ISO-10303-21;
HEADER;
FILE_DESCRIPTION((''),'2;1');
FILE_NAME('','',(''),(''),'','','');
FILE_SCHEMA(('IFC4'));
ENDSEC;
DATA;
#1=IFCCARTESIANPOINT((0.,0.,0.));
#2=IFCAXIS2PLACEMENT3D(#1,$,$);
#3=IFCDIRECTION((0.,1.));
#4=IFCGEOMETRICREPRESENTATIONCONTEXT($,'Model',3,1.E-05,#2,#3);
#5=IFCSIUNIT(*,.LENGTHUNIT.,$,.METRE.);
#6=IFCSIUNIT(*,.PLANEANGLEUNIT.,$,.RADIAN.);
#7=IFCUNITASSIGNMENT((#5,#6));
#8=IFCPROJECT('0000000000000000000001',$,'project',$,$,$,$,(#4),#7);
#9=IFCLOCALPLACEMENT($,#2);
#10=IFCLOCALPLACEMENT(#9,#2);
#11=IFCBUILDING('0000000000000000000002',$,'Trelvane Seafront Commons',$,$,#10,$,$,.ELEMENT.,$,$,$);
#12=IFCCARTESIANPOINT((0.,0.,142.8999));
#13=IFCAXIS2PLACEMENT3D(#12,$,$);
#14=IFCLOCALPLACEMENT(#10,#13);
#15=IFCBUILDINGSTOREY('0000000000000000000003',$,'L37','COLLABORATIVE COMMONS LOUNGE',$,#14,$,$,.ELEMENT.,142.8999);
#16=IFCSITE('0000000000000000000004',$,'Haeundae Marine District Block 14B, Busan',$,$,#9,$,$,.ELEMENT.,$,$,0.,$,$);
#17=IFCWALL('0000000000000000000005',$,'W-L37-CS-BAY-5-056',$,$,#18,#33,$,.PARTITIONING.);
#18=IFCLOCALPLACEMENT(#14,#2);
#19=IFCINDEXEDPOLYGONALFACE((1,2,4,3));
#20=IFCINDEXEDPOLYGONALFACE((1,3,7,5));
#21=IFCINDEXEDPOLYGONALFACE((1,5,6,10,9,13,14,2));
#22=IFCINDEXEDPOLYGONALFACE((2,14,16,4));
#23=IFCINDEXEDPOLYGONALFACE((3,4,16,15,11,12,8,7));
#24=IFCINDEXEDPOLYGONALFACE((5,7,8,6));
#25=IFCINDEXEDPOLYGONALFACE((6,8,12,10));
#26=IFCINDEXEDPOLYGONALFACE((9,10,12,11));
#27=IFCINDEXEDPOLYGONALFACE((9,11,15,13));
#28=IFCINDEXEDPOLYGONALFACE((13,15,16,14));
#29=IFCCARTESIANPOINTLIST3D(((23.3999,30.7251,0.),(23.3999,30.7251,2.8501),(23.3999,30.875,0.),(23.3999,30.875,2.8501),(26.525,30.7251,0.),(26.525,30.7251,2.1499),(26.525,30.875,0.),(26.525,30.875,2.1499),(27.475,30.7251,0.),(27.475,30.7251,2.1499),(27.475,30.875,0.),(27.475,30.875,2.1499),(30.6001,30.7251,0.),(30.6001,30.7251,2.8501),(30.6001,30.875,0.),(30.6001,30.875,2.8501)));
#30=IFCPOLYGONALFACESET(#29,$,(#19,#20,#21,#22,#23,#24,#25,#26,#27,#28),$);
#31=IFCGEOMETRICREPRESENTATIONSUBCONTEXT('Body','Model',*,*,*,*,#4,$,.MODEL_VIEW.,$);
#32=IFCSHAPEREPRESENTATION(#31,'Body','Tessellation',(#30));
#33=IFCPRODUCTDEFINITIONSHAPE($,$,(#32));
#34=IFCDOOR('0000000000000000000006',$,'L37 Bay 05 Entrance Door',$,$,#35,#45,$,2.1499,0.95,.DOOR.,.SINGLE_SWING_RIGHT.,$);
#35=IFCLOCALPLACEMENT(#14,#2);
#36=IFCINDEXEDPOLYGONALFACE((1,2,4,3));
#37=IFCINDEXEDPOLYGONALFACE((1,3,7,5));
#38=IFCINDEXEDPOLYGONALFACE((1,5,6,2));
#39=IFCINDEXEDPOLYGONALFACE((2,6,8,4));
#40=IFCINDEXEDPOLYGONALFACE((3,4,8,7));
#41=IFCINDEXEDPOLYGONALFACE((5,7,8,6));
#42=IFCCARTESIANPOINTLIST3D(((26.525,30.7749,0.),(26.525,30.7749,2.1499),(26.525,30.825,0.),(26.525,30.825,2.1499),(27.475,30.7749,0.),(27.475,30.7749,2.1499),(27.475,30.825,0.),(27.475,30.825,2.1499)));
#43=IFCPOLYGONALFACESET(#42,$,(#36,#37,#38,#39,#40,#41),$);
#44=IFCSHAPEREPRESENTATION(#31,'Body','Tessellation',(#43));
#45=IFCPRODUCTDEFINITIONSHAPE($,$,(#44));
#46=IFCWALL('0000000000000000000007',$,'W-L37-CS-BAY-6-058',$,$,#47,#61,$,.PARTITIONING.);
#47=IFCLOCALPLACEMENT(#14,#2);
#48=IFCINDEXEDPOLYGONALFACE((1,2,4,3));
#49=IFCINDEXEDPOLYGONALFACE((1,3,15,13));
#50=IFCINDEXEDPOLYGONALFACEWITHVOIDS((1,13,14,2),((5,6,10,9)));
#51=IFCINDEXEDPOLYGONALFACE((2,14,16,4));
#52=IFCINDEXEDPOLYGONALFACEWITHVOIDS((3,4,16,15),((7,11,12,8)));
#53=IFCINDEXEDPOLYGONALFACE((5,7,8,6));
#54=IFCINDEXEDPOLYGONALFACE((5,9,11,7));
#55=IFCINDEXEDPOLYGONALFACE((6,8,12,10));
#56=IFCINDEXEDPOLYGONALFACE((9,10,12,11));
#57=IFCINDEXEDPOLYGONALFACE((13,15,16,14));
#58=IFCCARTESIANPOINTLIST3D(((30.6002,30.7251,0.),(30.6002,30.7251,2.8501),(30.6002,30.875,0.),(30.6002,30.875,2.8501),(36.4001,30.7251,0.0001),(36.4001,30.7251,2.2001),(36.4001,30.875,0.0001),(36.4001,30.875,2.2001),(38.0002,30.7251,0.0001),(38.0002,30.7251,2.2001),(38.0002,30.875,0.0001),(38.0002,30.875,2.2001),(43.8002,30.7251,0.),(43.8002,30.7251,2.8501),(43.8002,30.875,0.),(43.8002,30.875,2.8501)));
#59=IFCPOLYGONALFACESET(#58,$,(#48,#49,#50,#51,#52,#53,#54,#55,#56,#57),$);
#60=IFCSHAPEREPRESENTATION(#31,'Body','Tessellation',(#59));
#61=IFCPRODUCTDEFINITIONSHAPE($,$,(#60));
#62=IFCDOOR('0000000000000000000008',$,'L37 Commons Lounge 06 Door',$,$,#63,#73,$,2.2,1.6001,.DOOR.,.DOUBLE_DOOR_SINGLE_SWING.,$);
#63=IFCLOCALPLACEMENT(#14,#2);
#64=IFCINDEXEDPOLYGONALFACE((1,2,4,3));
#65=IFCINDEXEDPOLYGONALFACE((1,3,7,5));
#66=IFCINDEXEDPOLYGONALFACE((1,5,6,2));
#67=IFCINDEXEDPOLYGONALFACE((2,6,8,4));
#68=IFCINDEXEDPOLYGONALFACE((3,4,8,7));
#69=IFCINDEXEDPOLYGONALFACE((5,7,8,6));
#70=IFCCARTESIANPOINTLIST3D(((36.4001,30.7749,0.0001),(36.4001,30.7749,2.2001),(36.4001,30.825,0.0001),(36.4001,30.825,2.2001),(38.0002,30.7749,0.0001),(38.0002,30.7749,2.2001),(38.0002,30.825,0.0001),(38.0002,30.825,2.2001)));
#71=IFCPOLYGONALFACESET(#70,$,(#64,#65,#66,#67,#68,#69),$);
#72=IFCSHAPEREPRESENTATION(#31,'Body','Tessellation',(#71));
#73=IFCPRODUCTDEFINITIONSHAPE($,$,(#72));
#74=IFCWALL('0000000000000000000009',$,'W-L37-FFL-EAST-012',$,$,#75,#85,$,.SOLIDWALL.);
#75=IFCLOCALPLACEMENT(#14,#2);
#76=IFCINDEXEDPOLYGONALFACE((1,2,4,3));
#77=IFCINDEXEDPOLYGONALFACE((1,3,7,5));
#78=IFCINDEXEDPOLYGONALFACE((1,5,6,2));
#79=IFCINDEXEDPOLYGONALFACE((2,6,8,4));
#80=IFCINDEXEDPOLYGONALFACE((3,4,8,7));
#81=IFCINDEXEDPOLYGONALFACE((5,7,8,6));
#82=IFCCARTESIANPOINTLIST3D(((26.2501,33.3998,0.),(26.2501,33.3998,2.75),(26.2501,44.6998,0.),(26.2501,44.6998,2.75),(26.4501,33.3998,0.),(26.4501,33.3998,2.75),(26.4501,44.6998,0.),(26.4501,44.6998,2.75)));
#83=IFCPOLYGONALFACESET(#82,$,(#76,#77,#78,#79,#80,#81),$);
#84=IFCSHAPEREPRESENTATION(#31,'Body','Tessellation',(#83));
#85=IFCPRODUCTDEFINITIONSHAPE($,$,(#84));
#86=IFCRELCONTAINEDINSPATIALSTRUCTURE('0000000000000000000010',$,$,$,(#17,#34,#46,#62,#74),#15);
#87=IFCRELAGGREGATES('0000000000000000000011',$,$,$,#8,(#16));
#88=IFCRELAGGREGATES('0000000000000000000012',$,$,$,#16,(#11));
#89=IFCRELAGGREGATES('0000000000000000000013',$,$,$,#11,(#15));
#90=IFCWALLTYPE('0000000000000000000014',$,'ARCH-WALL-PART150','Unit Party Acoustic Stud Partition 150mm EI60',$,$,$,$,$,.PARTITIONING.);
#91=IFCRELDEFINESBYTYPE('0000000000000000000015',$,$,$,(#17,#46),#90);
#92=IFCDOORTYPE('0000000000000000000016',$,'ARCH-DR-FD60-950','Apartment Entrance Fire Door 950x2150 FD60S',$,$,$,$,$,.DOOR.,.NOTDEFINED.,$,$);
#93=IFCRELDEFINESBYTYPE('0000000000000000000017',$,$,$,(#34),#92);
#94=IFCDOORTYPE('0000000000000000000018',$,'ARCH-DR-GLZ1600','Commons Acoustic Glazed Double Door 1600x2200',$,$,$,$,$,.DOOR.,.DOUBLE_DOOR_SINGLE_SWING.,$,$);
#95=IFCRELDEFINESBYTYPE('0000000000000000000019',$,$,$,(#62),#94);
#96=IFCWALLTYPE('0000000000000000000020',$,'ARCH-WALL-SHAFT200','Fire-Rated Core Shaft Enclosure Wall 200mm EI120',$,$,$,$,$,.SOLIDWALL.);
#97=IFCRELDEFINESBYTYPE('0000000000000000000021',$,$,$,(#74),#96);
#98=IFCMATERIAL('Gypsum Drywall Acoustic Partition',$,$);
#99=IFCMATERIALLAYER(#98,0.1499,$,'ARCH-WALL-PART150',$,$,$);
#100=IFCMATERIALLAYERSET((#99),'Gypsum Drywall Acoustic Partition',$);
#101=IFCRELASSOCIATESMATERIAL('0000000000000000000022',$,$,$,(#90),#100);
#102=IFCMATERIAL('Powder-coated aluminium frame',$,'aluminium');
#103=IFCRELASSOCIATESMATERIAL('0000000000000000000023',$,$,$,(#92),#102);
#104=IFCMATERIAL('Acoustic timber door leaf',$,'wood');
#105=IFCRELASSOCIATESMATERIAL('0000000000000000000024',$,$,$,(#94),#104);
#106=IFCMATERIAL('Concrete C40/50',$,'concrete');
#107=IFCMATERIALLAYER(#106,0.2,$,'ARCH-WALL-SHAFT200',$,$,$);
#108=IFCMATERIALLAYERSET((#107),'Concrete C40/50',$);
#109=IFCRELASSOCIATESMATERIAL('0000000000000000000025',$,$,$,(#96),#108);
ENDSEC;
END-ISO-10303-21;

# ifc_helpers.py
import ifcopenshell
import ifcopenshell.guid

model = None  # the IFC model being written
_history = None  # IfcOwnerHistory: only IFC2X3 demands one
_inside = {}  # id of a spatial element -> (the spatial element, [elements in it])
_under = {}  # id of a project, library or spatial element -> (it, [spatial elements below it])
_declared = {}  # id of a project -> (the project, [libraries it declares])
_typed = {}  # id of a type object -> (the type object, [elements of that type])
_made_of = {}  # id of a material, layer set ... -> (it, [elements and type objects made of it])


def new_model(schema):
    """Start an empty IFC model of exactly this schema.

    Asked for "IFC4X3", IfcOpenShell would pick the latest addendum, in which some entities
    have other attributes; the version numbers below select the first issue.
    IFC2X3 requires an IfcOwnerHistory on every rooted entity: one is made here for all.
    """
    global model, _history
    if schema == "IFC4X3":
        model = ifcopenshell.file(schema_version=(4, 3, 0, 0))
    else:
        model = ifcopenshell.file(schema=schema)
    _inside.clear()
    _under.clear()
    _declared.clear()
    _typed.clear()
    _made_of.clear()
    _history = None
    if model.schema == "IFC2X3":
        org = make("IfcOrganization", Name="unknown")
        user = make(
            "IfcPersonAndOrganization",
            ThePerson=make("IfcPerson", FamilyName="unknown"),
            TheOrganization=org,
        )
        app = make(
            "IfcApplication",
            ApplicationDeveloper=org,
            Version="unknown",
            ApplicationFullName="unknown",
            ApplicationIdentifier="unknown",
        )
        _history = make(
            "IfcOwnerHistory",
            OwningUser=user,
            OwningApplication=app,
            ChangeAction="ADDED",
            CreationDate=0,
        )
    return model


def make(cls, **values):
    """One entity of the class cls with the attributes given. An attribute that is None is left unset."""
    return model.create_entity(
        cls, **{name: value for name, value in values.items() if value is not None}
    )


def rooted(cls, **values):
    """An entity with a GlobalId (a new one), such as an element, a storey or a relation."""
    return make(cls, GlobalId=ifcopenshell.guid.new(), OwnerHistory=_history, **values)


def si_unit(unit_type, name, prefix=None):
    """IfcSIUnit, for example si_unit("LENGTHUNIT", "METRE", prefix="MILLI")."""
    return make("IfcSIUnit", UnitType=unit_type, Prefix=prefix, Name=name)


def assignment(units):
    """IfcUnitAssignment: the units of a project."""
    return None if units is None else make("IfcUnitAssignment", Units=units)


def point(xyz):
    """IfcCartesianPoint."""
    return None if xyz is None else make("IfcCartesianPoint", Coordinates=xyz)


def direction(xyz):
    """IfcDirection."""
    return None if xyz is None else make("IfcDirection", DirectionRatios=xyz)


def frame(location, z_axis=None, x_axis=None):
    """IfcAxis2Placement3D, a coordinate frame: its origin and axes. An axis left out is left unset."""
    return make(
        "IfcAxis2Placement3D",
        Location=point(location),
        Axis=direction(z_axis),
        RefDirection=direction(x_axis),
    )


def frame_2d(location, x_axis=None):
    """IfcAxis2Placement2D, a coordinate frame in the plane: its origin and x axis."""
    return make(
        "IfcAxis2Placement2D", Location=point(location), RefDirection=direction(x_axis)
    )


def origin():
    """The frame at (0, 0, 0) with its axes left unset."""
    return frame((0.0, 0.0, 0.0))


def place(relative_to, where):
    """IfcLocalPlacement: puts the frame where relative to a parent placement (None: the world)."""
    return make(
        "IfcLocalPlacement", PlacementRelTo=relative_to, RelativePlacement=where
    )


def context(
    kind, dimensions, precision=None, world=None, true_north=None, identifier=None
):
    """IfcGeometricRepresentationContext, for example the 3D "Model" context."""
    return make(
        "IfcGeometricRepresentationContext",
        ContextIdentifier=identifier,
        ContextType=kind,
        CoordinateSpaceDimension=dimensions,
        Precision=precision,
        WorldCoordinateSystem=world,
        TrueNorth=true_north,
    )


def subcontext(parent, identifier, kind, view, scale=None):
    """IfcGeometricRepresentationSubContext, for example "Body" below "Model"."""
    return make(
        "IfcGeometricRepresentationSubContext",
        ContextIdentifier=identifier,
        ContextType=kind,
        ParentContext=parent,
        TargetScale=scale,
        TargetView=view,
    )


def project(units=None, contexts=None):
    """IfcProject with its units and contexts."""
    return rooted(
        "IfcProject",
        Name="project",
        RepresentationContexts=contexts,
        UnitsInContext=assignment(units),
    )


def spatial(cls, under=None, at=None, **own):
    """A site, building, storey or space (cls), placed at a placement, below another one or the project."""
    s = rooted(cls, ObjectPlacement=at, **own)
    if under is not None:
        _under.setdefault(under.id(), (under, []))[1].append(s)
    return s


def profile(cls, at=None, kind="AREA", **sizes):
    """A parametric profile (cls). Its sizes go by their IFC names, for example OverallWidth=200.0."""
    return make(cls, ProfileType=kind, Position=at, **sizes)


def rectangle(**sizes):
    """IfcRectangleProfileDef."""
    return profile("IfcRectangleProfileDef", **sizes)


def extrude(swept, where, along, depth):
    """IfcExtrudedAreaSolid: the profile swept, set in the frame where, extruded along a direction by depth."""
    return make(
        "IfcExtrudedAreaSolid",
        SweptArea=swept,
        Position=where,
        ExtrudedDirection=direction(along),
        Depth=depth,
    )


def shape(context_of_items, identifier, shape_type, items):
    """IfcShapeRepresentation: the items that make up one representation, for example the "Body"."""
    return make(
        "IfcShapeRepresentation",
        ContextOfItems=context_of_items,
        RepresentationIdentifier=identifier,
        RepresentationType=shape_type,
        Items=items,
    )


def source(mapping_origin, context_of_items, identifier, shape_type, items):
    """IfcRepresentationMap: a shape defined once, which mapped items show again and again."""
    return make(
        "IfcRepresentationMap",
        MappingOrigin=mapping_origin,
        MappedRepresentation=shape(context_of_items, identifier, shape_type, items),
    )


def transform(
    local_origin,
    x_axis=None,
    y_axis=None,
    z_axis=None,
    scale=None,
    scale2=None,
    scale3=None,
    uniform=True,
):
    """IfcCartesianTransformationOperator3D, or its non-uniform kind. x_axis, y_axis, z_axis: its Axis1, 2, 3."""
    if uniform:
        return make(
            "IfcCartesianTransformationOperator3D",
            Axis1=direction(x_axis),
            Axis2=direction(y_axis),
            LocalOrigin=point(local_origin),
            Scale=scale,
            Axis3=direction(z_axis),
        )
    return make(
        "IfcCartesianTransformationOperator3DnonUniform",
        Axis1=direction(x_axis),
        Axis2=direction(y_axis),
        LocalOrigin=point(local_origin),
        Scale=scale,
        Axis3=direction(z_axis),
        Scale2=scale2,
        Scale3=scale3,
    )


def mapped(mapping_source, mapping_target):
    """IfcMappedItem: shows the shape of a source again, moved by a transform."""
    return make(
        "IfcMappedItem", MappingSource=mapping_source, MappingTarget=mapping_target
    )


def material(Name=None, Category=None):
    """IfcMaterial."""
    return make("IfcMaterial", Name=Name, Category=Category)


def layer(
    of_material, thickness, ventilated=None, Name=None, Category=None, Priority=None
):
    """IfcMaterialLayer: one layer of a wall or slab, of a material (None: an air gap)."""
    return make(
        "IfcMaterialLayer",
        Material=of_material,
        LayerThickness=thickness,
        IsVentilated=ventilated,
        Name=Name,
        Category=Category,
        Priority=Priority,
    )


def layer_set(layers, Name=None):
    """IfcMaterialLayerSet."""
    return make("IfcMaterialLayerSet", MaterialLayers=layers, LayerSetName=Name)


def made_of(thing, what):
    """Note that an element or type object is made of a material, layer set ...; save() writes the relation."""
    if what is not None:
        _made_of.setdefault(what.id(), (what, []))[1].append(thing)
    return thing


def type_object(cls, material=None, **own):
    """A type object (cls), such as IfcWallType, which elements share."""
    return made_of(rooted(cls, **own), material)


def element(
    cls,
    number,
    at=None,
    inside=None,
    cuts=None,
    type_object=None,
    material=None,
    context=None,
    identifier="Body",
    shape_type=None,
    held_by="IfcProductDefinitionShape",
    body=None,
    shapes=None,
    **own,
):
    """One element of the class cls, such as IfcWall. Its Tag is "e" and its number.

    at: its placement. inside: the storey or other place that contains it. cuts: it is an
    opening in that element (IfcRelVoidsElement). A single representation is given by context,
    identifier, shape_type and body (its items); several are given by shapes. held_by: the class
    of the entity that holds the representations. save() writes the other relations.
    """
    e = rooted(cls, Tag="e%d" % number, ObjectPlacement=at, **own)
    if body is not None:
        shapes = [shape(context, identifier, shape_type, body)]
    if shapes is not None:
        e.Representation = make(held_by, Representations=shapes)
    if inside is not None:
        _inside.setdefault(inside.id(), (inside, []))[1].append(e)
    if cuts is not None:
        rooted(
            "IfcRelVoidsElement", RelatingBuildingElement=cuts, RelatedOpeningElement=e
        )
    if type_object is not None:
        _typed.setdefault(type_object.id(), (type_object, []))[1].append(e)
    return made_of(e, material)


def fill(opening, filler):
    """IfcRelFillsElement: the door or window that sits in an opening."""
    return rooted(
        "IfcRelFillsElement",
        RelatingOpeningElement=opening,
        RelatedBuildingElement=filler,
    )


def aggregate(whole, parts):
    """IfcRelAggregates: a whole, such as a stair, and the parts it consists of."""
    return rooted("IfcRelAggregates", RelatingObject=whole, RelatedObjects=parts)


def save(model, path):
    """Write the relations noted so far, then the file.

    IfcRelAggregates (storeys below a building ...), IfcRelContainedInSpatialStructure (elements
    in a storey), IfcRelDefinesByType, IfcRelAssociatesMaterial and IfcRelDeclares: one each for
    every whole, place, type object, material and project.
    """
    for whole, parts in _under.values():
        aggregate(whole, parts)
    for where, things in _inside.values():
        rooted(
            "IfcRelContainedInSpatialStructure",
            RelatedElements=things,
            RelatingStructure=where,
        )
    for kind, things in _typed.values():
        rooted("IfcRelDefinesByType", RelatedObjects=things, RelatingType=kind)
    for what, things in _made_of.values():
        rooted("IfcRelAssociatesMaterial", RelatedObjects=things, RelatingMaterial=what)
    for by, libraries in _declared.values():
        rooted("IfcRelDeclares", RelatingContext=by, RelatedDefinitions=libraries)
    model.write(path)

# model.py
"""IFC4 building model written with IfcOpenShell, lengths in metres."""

from ifc_helpers import new_model, si_unit, direction, frame, frame_2d, origin, place, context, subcontext, project, spatial, rectangle, extrude, source, transform, mapped, material, layer, layer_set, type_object, element, fill, save


model = new_model("IFC4")

# Units and contexts
model_context = context("Model", 3, precision=1e-05, world=origin(), true_north=direction((0.0, 1.0)))
body_context = subcontext(model_context, "Body", "Model", "MODEL_VIEW")
ifc_project = project(units=[si_unit("LENGTHUNIT", "METRE"), si_unit("PLANEANGLEUNIT", "RADIAN")], contexts=[model_context])

# Site, building, storey
site_placement = place(None, origin())
site = spatial("IfcSite", under=ifc_project, at=site_placement, Name="Haeundae Marine District Block 14B, Busan", CompositionType="ELEMENT", RefElevation=0.0)
building_placement = place(site_placement, origin())
building = spatial("IfcBuilding", under=site, at=building_placement, Name="Trelvane Seafront Commons", CompositionType="ELEMENT")
storey_placement = place(building_placement, frame((0.0, 0.0, 142.8999)))
storey = spatial("IfcBuildingStorey", under=building, at=storey_placement, Name="L37", Description="COLLABORATIVE COMMONS LOUNGE", CompositionType="ELEMENT", Elevation=142.8999)

# Walls, openings, doors
ifc_material_1 = material(Name="Concrete C40/50", Category="concrete")
ifc_material_2 = material(Name="Powder-coated aluminium frame", Category="aluminium")
shared_shape_1 = source(origin(), body_context, "Body", "SweptSolid", [
    extrude(rectangle(XDim=1.6001, YDim=2.2, at=frame_2d((0.8, 1.1001))), frame((0.0, 0.0249, 0.0), z_axis=(0.0, -1.0, 0.0), x_axis=(1.0, 0.0, 0.0)), (0.0, 0.0, 1.0), 0.05),
])
ifc_material_3 = material(Name="Acoustic timber door leaf", Category="wood")
shared_shape_2 = source(origin(), body_context, "Body", "SweptSolid", [
    extrude(rectangle(XDim=0.95, YDim=2.1499, at=frame_2d((0.4751, 1.075))), frame((0.0, 0.0249, 0.0), z_axis=(0.0, -1.0, 0.0), x_axis=(1.0, 0.0, 0.0)), (0.0, 0.0, 1.0), 0.05),
])
ifc_material_4 = material(Name="Gypsum Drywall Acoustic Partition")
ifc_layer_1 = layer(ifc_material_4, 0.1499, Name="ARCH-WALL-PART150")
ifc_layer_set_1 = layer_set([ifc_layer_1], Name="Gypsum Drywall Acoustic Partition")
wall_type_1 = type_object("IfcWallType", Name="ARCH-WALL-PART150", Description="Unit Party Acoustic Stud Partition 150mm EI60", PredefinedType="PARTITIONING", material=ifc_layer_set_1)
door_type_1 = type_object("IfcDoorType", Name="ARCH-DR-FD60-950", Description="Apartment Entrance Fire Door 950x2150 FD60S", OperationType="NOTDEFINED", PredefinedType="DOOR", material=ifc_material_2)
wall_1_placement = place(storey_placement, frame((23.3999, 30.8, 0.0), z_axis=(0.0, 0.0, 1.0), x_axis=(1.0, 0.0, 0.0)))
wall_1 = element("IfcWall", 1, at=wall_1_placement, inside=storey, type_object=wall_type_1, Name="W-L37-CS-BAY-5-056", PredefinedType="PARTITIONING", context=body_context, shape_type="SweptSolid", body=[
    extrude(rectangle(XDim=7.2002, YDim=0.1499, at=frame_2d((3.6001, 0.0))), origin(), (0.0, 0.0, 1.0), 2.8501),
])
opening_1_placement = place(wall_1_placement, frame((3.125, 0.0, 0.0)))
opening_1 = element("IfcOpeningElement", 2, at=opening_1_placement, cuts=wall_1, PredefinedType="OPENING", context=body_context, shape_type="SweptSolid", body=[
    extrude(rectangle(XDim=0.95, YDim=2.1499, at=frame_2d((0.4751, 1.075))), frame((0.0, 0.085, 0.0), z_axis=(0.0, -1.0, 0.0), x_axis=(1.0, 0.0, 0.0)), (0.0, 0.0, 1.0), 0.1699),
])
door_1_placement = place(opening_1_placement, origin())
door_1 = element("IfcDoor", 3, at=door_1_placement, inside=storey, type_object=door_type_1, Name="L37 Bay 05 Entrance Door", OperationType="SINGLE_SWING_RIGHT", OverallHeight=2.1499, OverallWidth=0.95, PredefinedType="DOOR", context=body_context, shape_type="MappedRepresentation", body=[
    mapped(shared_shape_2, transform((0.0, 0.0, 0.0), x_axis=(1.0, 0.0, 0.0), y_axis=(0.0, 1.0, 0.0), z_axis=(0.0, 0.0, 1.0), scale=1.0)),
])
fill(opening_1, door_1)
wall_2_placement = place(storey_placement, frame((30.6001, 30.8, 0.0), z_axis=(0.0, 0.0, 1.0), x_axis=(1.0, 0.0, 0.0)))
wall_2 = element("IfcWall", 4, at=wall_2_placement, inside=storey, type_object=wall_type_1, Name="W-L37-CS-BAY-6-058", PredefinedType="PARTITIONING", context=body_context, shape_type="SweptSolid", body=[
    extrude(rectangle(XDim=13.2, YDim=0.1499, at=frame_2d((6.6001, 0.0))), origin(), (0.0, 0.0, 1.0), 2.8501),
])
opening_2_placement = place(wall_2_placement, frame((5.8, 0.0, 0.0)))
opening_2 = element("IfcOpeningElement", 5, at=opening_2_placement, cuts=wall_2, PredefinedType="OPENING", context=body_context, shape_type="SweptSolid", body=[
    extrude(rectangle(XDim=1.6001, YDim=2.2, at=frame_2d((0.8, 1.1001))), frame((0.0, 0.085, 0.0), z_axis=(0.0, -1.0, 0.0), x_axis=(1.0, 0.0, 0.0)), (0.0, 0.0, 1.0), 0.1699),
])
door_type_2 = type_object("IfcDoorType", Name="ARCH-DR-GLZ1600", Description="Commons Acoustic Glazed Double Door 1600x2200", OperationType="DOUBLE_DOOR_SINGLE_SWING", PredefinedType="DOOR", material=ifc_material_3)
door_2_placement = place(opening_2_placement, origin())
door_2 = element("IfcDoor", 6, at=door_2_placement, inside=storey, type_object=door_type_2, Name="L37 Commons Lounge 06 Door", OperationType="DOUBLE_DOOR_SINGLE_SWING", OverallHeight=2.2, OverallWidth=1.6001, PredefinedType="DOOR", context=body_context, shape_type="MappedRepresentation", body=[
    mapped(shared_shape_1, transform((0.0, 0.0, 0.0), x_axis=(1.0, 0.0, 0.0), y_axis=(0.0, 1.0, 0.0), z_axis=(0.0, 0.0, 1.0), scale=1.0)),
])
fill(opening_2, door_2)

# Wall
ifc_layer_2 = layer(ifc_material_1, 0.2, Name="ARCH-WALL-SHAFT200")
ifc_layer_set_2 = layer_set([ifc_layer_2], Name="Concrete C40/50")
wall_type_2 = type_object("IfcWallType", Name="ARCH-WALL-SHAFT200", Description="Fire-Rated Core Shaft Enclosure Wall 200mm EI120", PredefinedType="SOLIDWALL", material=ifc_layer_set_2)
wall_3_placement = place(storey_placement, frame((26.3501, 33.3999, 0.0), z_axis=(0.0, 0.0, 1.0), x_axis=(0.0, 1.0, 0.0)))
element("IfcWall", 7, at=wall_3_placement, inside=storey, type_object=wall_type_2, Name="W-L37-FFL-EAST-012", PredefinedType="SOLIDWALL", context=body_context, shape_type="SweptSolid", body=[
    extrude(rectangle(XDim=11.3, YDim=0.2, at=frame_2d((5.6499, 0.0))), origin(), (0.0, 0.0, 1.0), 2.75),
])

save(model, "model.ifc")
